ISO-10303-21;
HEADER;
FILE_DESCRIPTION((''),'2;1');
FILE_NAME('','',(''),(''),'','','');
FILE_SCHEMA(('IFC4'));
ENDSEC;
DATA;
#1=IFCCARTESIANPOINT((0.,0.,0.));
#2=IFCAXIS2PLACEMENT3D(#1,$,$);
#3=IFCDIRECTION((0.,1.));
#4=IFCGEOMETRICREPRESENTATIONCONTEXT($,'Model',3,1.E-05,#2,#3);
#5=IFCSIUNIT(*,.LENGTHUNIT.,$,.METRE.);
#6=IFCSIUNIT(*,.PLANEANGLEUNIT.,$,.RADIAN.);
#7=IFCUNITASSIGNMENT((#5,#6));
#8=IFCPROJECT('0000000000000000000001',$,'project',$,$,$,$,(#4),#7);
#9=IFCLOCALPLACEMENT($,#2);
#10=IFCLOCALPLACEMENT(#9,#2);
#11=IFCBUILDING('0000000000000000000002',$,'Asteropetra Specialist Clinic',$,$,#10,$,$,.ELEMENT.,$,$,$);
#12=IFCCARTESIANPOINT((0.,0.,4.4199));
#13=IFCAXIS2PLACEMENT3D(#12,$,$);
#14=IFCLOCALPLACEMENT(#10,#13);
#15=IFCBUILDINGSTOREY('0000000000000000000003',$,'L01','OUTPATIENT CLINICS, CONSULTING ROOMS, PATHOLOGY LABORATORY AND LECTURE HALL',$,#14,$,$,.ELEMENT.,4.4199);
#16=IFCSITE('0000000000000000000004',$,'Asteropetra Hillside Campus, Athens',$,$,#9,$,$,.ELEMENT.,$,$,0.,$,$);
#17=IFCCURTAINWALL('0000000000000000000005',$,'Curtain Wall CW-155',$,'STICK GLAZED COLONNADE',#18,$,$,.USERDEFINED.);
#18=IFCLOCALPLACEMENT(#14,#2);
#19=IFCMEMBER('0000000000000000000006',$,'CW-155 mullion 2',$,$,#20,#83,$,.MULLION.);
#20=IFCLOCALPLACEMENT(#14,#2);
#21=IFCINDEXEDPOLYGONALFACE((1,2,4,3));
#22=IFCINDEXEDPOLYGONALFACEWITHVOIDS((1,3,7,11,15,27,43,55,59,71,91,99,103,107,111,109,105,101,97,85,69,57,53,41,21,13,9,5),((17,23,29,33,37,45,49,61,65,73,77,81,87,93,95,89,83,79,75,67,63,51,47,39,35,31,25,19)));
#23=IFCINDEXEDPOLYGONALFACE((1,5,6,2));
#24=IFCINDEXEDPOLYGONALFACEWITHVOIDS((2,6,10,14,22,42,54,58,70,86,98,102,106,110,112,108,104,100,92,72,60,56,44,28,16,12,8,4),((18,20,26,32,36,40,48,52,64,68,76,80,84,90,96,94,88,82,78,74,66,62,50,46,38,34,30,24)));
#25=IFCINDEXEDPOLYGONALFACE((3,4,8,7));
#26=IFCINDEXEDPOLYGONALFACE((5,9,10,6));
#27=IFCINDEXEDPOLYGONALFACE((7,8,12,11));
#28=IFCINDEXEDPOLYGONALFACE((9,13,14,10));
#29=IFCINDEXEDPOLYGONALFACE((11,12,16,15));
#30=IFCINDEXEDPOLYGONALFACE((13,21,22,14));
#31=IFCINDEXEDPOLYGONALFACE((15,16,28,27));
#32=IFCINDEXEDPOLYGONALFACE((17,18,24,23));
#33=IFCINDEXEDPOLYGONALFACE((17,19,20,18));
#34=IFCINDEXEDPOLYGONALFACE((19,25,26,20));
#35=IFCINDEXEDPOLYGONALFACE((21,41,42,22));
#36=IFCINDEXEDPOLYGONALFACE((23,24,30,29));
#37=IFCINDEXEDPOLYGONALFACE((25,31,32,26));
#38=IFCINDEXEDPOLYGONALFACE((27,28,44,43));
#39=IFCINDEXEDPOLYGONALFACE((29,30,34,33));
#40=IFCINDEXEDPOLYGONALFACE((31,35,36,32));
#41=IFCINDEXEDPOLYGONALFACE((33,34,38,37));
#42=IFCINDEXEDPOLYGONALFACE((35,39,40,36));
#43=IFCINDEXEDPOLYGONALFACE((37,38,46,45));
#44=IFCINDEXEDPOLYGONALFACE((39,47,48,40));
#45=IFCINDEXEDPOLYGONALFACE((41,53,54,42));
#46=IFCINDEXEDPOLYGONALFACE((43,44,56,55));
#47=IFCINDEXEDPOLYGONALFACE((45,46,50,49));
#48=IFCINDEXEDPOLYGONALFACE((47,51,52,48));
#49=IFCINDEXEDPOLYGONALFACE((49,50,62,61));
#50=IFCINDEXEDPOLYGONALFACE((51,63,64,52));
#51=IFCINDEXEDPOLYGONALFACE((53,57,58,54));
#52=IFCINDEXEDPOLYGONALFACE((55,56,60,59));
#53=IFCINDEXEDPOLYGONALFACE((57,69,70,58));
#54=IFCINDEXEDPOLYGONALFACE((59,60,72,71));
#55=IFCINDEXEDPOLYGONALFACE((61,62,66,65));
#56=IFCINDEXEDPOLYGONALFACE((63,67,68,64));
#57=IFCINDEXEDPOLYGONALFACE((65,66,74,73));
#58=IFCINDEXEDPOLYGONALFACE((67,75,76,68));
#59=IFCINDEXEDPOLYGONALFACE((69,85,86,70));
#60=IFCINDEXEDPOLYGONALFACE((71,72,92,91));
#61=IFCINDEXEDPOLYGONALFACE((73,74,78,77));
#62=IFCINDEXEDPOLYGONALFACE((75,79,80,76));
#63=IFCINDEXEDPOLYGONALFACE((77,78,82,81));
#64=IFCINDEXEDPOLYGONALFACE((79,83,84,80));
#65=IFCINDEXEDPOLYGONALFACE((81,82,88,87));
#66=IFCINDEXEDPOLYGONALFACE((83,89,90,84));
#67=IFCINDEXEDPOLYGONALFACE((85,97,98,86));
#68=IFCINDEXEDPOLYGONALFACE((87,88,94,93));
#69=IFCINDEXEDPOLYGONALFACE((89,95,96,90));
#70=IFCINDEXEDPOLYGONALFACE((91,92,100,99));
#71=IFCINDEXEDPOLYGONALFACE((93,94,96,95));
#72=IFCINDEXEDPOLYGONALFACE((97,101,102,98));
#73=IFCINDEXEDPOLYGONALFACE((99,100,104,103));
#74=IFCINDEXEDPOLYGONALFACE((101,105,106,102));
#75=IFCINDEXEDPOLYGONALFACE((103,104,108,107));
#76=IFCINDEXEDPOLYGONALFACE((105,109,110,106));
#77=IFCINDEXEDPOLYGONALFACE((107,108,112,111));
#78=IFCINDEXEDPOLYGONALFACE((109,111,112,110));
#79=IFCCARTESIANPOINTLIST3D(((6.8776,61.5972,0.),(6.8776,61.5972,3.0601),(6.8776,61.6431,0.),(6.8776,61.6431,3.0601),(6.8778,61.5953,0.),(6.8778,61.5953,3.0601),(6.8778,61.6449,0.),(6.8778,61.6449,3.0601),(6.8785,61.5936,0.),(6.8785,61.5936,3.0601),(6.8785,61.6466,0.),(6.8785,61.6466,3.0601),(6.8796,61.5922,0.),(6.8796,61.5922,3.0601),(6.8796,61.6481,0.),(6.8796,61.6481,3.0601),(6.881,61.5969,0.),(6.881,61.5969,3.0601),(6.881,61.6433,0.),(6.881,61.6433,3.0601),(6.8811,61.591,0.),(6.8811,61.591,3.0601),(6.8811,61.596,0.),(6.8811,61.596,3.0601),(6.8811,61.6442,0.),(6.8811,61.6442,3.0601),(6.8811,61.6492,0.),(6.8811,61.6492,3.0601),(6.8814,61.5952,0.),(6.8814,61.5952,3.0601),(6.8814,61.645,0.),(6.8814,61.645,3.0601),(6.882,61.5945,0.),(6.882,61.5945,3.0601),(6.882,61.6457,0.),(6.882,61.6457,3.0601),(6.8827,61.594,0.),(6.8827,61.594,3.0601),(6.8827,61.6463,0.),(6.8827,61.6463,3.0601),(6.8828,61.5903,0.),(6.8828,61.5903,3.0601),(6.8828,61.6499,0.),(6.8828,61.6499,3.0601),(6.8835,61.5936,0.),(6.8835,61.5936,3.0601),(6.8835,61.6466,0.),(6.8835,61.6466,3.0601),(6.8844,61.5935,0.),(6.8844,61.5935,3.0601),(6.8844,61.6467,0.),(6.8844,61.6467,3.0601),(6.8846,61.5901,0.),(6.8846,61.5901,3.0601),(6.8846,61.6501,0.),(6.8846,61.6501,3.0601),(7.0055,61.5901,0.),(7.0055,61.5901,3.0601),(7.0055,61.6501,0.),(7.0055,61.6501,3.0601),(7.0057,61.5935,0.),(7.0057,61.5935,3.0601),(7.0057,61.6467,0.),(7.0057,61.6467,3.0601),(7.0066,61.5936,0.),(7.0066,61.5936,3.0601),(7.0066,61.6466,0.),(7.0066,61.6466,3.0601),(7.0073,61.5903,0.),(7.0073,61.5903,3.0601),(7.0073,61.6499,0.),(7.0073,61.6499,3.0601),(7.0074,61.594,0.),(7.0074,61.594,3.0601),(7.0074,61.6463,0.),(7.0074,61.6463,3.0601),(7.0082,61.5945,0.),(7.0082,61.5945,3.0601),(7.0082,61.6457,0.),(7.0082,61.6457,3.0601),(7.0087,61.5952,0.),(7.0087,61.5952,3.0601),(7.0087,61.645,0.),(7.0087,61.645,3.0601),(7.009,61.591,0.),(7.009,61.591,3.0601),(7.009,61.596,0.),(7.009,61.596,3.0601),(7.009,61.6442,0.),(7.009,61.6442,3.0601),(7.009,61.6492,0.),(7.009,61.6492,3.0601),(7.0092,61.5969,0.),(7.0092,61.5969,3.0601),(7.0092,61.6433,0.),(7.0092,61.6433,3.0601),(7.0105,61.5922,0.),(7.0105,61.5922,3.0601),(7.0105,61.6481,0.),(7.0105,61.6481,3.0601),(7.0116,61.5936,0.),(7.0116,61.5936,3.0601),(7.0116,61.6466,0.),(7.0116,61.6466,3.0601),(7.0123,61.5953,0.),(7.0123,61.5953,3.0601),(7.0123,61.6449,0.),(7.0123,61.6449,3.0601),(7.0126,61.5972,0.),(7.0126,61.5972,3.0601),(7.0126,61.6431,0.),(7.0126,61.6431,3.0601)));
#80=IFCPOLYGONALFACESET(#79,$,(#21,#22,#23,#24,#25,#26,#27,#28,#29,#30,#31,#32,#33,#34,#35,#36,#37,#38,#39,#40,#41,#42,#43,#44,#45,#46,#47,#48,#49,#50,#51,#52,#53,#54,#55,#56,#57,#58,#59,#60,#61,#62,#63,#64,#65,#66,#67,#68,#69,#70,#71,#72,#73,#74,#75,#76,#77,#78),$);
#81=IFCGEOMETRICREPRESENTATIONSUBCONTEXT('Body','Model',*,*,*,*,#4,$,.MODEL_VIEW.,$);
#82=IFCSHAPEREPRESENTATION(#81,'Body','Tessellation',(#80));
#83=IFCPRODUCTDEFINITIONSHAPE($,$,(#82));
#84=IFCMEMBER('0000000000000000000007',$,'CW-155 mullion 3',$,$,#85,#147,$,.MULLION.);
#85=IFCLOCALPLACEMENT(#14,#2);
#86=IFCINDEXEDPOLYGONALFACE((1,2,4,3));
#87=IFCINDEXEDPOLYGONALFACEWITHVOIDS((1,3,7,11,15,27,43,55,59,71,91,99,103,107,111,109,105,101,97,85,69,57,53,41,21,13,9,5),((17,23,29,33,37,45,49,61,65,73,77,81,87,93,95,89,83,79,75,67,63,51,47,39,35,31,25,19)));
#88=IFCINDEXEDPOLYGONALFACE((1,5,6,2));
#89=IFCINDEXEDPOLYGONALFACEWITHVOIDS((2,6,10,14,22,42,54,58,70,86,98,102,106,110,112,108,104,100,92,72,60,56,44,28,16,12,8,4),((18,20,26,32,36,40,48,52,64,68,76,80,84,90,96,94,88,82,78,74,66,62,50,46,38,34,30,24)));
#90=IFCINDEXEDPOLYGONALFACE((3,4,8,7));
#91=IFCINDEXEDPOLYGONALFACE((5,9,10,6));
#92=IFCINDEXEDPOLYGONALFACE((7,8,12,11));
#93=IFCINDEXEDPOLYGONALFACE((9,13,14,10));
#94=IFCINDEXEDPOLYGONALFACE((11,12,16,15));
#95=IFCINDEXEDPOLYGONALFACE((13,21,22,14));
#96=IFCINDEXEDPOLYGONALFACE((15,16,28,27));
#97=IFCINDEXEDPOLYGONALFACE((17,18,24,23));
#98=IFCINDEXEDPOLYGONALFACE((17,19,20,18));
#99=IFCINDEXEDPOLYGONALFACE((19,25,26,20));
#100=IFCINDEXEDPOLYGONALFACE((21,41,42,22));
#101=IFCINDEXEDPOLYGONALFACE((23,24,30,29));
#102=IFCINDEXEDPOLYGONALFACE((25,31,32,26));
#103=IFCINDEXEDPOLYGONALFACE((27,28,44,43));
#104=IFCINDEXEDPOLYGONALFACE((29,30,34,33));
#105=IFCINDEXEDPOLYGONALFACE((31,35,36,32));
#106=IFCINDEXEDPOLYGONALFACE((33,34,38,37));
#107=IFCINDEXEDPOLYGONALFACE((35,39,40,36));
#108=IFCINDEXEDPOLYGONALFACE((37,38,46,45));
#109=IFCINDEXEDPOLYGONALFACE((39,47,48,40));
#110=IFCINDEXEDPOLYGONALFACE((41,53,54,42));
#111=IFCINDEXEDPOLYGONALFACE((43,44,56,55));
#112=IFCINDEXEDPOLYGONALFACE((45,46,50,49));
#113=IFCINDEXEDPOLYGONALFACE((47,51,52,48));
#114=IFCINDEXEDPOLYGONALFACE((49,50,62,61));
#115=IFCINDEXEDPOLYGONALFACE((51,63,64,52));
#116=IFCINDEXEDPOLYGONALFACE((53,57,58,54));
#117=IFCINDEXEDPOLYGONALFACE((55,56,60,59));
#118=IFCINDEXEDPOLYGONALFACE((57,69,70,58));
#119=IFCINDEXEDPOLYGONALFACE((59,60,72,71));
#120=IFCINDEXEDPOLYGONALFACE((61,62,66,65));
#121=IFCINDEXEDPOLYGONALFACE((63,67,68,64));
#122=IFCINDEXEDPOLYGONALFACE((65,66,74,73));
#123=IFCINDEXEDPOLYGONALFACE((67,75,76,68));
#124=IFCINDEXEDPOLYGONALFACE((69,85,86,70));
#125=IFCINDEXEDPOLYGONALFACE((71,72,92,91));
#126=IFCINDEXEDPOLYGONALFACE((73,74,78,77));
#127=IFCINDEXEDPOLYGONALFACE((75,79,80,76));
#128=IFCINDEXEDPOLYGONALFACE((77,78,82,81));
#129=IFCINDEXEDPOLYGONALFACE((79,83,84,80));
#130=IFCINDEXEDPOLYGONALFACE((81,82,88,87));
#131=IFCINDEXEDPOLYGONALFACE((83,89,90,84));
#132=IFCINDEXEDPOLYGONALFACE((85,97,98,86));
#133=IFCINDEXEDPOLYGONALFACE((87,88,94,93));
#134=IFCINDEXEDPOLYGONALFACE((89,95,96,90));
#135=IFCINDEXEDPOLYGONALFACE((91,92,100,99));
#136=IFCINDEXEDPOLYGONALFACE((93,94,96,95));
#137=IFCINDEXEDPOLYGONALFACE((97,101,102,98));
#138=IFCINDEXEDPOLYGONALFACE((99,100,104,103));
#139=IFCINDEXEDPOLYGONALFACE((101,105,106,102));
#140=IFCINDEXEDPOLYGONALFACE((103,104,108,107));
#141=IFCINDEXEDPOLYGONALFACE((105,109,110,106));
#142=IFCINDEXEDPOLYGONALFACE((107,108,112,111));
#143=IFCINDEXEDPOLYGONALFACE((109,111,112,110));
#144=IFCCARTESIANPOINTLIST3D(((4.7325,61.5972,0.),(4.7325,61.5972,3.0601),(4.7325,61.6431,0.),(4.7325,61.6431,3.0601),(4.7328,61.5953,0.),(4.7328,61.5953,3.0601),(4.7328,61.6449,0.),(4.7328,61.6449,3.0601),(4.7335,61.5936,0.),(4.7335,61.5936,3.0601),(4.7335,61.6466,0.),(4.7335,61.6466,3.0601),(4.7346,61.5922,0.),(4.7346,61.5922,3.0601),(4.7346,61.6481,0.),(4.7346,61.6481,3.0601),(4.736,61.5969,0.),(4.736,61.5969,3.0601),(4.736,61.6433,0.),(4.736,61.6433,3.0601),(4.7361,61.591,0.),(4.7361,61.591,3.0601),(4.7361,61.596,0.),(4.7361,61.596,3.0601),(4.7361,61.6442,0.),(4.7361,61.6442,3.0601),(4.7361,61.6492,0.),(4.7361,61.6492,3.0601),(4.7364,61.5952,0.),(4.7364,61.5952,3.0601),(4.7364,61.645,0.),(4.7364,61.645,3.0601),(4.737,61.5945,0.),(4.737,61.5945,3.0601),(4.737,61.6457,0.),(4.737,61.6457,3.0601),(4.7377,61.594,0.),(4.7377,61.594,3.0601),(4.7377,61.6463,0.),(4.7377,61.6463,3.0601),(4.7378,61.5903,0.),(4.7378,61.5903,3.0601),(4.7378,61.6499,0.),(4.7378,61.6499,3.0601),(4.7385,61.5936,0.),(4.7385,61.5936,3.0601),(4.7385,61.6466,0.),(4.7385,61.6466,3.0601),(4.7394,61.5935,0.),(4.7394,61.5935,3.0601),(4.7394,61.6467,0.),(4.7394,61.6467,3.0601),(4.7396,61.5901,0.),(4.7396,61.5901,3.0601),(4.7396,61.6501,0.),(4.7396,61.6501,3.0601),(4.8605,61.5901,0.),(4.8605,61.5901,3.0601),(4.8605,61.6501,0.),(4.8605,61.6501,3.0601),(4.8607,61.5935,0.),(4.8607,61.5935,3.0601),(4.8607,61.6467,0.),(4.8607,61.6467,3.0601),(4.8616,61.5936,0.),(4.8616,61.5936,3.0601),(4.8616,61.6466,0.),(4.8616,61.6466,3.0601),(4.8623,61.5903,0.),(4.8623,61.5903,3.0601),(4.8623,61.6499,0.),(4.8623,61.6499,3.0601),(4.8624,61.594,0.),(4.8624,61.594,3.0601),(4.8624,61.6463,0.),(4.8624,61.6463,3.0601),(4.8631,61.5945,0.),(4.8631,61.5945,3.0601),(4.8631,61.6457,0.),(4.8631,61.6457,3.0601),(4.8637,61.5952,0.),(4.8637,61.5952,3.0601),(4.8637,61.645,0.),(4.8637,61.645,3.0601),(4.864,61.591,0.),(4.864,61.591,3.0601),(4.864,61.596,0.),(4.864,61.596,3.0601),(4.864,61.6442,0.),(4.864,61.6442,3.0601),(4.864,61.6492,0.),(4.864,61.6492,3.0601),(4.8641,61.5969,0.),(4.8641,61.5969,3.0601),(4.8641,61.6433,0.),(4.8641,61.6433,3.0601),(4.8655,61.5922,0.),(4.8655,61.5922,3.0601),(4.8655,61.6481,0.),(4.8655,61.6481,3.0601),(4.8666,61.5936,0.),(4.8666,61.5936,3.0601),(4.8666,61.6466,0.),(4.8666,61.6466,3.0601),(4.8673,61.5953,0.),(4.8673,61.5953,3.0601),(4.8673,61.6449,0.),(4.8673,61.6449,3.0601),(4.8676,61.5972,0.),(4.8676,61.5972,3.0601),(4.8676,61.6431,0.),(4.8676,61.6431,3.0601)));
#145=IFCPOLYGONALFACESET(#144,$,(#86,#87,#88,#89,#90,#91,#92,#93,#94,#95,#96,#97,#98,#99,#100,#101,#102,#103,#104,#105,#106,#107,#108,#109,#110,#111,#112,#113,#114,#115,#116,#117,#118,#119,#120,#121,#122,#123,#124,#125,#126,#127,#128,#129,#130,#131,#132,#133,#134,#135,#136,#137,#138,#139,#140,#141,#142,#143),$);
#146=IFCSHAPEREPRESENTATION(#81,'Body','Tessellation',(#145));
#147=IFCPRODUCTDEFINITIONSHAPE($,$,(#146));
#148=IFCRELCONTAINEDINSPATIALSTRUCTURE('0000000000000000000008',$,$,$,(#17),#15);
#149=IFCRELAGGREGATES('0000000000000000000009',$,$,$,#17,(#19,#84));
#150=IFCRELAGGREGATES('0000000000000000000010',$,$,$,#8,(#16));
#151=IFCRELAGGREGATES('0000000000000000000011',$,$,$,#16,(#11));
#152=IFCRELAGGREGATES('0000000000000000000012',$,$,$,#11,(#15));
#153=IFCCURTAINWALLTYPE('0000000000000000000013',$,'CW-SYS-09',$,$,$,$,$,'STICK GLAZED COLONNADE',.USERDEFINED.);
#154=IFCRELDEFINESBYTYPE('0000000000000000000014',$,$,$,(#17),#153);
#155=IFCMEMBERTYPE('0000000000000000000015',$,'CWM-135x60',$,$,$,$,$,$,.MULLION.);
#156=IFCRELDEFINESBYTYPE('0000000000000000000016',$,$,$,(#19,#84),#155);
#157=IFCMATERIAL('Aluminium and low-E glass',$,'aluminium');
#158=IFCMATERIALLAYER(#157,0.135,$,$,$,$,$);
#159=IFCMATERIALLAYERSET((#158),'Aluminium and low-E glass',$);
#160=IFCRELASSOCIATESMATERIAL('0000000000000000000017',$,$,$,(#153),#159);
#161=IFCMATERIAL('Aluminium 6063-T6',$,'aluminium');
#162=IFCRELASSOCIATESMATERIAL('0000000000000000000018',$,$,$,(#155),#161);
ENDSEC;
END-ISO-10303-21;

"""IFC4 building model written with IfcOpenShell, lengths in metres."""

from ifc_helpers import new_model, si_unit, direction, frame, origin, origin_2d, place, context, subcontext, project, spatial, hollow_rectangle, extrude, material, layer, layer_set, material_profile, profile_set, type_object, element, aggregate, save


model = new_model("IFC4")

# Units and contexts
model_context = context("Model", 3, precision=1e-05, world=origin(), true_north=direction((0.0, 1.0)))
body_context = subcontext(model_context, "Body", "Model", "MODEL_VIEW")
ifc_project = project(units=[si_unit("LENGTHUNIT", "METRE"), si_unit("PLANEANGLEUNIT", "RADIAN")], contexts=[model_context])

# Site, building, storey
site_placement = place(None, origin())
site = spatial("IfcSite", under=ifc_project, at=site_placement, Name="Asteropetra Hillside Campus, Athens", CompositionType="ELEMENT", RefElevation=0.0)
building_placement = place(site_placement, origin())
building = spatial("IfcBuilding", under=site, at=building_placement, Name="Asteropetra Specialist Clinic", CompositionType="ELEMENT")
storey_placement = place(building_placement, frame((0.0, 0.0, 4.4199)))
storey = spatial("IfcBuildingStorey", under=building, at=storey_placement, Name="L01", Description="OUTPATIENT CLINICS, CONSULTING ROOMS, PATHOLOGY LABORATORY AND LECTURE HALL", CompositionType="ELEMENT", Elevation=4.4199)

# Curtain wall, members
ifc_material_1 = material(Name="Aluminium and low-E glass", Category="aluminium")
ifc_layer_1 = layer(ifc_material_1, 0.135)
ifc_layer_set_1 = layer_set([ifc_layer_1], Name="Aluminium and low-E glass")
curtain_wall_type = type_object("IfcCurtainWallType", Name="CW-SYS-09", ElementType="STICK GLAZED COLONNADE", PredefinedType="USERDEFINED", material=ifc_layer_set_1)
curtain_wall_placement = place(storey_placement, origin())
curtain_wall = element("IfcCurtainWall", 1, at=curtain_wall_placement, inside=storey, type_object=curtain_wall_type, Name="Curtain Wall CW-155", ObjectType="STICK GLAZED COLONNADE", PredefinedType="USERDEFINED")
ifc_material_2 = material(Name="Aluminium 6063-T6", Category="aluminium")
ifc_material_profile_1 = material_profile(ifc_material_2, hollow_rectangle(XDim=0.0601, YDim=0.135, WallThickness=0.0034, InnerFilletRadius=0.0034, OuterFilletRadius=0.0071, at=origin_2d()), Name="MUL 135x60x3.5")
ifc_profile_set_1 = profile_set([ifc_material_profile_1], Name="Aluminium 6063-T6")
member_type_1 = type_object("IfcMemberType", Name="CWM-135x60", PredefinedType="MULLION", material=ifc_profile_set_1)
member_1_placement = place(storey_placement, frame((6.9451, 61.6201, 0.0), z_axis=(0.0, 0.0, 1.0), x_axis=(0.0, -1.0, 0.0)))
member_1 = element("IfcMember", 2, at=member_1_placement, type_object=member_type_1, Name="CW-155 mullion 2", PredefinedType="MULLION", context=body_context, shape_type="SweptSolid", body=[
    extrude(hollow_rectangle(XDim=0.0601, YDim=0.135, WallThickness=0.0034, InnerFilletRadius=0.0034, OuterFilletRadius=0.0071, at=origin_2d()), origin(), (0.0, 0.0, 1.0), 3.0601),
])
member_2_placement = place(storey_placement, frame((4.8, 61.6201, 0.0), z_axis=(0.0, 0.0, 1.0), x_axis=(0.0, -1.0, 0.0)))
member_2 = element("IfcMember", 3, at=member_2_placement, type_object=member_type_1, Name="CW-155 mullion 3", PredefinedType="MULLION", context=body_context, shape_type="SweptSolid", body=[
    extrude(hollow_rectangle(XDim=0.0601, YDim=0.135, WallThickness=0.0034, InnerFilletRadius=0.0034, OuterFilletRadius=0.0071, at=origin_2d()), origin(), (0.0, 0.0, 1.0), 3.0601),
])
aggregate(curtain_wall, [member_1, member_2])

save(model, "model.ifc")
